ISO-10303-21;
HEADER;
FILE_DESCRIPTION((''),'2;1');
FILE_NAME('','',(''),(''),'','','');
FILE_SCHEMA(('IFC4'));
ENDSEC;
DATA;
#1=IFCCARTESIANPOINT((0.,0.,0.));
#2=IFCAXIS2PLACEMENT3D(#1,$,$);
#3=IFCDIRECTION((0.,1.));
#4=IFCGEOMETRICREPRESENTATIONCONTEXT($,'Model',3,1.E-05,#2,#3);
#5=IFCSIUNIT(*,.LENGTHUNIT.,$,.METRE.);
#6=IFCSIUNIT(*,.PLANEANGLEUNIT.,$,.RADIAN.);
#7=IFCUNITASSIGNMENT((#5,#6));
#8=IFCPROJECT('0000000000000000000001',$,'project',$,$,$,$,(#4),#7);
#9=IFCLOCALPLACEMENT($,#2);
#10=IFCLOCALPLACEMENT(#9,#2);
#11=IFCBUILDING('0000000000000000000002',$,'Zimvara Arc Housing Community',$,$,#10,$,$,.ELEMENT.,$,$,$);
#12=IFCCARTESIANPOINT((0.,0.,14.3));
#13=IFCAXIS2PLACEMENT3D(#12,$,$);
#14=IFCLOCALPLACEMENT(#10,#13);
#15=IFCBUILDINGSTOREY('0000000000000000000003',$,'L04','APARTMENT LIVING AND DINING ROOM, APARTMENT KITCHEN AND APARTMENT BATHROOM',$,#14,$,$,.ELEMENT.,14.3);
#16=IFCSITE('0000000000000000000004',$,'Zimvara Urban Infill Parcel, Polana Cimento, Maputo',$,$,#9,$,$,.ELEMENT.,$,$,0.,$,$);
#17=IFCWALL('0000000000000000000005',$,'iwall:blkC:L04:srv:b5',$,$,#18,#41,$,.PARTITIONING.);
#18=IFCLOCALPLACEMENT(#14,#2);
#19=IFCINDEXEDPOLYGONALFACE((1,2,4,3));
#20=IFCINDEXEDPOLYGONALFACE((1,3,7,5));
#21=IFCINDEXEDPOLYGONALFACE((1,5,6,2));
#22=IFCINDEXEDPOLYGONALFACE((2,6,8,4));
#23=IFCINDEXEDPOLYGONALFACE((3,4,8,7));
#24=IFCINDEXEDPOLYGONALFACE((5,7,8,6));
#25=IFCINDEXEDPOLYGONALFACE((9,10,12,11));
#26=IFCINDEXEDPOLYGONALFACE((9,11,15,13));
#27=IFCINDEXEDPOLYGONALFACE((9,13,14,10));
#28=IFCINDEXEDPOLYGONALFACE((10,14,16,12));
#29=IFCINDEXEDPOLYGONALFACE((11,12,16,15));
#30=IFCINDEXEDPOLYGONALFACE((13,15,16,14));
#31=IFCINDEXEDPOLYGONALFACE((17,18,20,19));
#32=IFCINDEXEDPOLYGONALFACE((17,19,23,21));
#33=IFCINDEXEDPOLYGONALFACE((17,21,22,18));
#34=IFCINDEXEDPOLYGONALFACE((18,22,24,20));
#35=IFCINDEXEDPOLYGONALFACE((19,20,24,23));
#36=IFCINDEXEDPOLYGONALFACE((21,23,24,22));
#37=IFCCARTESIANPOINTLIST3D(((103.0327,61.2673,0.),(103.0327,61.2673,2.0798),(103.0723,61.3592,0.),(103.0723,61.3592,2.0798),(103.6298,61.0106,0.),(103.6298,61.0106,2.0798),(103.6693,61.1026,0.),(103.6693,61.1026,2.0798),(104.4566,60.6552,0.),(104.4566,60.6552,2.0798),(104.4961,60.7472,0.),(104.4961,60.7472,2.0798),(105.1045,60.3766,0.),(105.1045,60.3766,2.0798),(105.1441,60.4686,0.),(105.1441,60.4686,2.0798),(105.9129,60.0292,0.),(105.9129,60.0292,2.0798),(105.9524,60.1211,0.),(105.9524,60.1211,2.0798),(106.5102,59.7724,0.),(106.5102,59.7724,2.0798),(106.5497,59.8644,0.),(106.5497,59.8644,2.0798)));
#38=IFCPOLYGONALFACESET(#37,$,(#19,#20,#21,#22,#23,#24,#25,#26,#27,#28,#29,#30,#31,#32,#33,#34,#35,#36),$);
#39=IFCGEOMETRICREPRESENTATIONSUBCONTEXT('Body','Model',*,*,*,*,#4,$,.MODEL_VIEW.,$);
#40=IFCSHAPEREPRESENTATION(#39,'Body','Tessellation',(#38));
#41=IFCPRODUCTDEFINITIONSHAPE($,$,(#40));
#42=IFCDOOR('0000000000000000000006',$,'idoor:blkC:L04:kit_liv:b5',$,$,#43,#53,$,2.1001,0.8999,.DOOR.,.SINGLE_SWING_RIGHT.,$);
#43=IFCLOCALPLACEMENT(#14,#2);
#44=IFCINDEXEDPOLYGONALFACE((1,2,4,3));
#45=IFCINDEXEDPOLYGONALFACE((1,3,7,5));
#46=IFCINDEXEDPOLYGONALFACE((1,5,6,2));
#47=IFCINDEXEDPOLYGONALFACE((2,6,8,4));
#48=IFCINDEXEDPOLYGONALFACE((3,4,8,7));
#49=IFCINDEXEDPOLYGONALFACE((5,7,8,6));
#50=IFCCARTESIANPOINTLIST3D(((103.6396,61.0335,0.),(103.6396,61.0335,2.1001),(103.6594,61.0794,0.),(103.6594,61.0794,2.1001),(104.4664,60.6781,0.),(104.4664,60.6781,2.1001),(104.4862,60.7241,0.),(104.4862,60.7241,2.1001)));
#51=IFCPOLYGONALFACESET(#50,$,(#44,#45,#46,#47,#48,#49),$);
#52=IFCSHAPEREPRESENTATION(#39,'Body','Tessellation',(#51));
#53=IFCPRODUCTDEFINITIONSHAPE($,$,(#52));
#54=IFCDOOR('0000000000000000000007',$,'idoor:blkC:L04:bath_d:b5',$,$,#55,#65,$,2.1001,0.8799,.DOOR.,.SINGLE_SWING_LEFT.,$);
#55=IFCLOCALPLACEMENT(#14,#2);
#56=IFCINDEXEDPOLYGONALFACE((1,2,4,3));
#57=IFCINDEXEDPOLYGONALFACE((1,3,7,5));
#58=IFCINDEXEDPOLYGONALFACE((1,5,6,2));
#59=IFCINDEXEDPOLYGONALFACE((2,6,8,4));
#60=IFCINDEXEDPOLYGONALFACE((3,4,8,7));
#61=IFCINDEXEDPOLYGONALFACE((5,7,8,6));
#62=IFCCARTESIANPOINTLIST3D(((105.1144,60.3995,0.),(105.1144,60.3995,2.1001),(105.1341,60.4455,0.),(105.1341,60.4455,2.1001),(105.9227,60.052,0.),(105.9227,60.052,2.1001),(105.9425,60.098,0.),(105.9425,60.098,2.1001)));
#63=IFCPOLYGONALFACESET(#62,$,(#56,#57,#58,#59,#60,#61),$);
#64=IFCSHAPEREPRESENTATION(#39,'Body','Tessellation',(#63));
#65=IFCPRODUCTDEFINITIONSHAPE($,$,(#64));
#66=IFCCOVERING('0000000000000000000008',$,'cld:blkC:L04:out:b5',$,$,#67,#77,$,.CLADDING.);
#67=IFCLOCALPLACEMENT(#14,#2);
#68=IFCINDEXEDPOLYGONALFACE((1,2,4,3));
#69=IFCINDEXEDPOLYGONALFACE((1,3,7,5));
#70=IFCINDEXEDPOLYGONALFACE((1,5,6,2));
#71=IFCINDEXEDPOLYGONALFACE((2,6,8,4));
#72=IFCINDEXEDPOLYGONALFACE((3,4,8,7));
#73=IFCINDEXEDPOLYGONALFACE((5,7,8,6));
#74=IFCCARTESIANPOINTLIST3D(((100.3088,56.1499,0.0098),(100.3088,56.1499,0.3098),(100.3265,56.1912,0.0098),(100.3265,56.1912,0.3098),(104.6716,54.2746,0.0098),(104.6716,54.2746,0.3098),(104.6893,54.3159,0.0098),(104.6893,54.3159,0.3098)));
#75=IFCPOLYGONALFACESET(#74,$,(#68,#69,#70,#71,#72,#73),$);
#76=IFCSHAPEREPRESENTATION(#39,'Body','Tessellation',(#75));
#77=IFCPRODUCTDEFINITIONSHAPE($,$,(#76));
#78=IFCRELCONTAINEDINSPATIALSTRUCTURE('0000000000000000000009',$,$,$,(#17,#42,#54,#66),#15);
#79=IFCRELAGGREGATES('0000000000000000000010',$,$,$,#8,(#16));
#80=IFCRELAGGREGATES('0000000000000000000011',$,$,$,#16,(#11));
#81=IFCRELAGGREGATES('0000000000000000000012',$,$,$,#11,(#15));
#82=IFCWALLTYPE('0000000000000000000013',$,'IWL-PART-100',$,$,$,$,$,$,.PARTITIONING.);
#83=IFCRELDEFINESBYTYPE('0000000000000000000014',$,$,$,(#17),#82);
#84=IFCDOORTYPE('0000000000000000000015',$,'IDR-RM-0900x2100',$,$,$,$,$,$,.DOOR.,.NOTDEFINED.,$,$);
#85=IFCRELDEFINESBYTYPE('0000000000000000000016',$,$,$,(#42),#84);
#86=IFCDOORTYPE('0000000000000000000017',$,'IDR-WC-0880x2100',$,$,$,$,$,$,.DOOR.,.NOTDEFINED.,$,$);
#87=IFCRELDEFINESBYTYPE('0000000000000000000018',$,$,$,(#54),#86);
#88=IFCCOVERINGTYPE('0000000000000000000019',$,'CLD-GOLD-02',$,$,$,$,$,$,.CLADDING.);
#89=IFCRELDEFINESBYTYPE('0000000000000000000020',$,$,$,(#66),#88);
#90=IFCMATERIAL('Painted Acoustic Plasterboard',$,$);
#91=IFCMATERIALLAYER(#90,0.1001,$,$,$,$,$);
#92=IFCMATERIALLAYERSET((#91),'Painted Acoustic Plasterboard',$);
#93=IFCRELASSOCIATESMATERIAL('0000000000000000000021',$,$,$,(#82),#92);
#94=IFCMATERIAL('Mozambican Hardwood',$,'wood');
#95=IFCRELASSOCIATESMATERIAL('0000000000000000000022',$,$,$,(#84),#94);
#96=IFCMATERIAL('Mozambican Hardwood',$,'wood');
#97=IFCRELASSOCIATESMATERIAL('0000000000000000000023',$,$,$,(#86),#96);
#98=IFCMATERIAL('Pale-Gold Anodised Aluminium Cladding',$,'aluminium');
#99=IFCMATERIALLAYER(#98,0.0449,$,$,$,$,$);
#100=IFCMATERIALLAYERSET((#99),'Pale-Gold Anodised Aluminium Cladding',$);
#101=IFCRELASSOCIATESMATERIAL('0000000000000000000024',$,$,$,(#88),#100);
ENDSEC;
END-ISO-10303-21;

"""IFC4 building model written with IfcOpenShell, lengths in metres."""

from ifc_helpers import new_model, si_unit, direction, frame, frame_2d, origin, origin_2d, place, context, subcontext, project, spatial, rectangle, extrude, material, layer, layer_set, type_object, element, fill, save


model = new_model("IFC4")

# Units and contexts
model_context = context("Model", 3, precision=1e-05, world=origin(), true_north=direction((0.0, 1.0)))
body_context = subcontext(model_context, "Body", "Model", "MODEL_VIEW")
ifc_project = project(units=[si_unit("LENGTHUNIT", "METRE"), si_unit("PLANEANGLEUNIT", "RADIAN")], contexts=[model_context])

# Site, building, storey
site_placement = place(None, origin())
site = spatial("IfcSite", under=ifc_project, at=site_placement, Name="Zimvara Urban Infill Parcel, Polana Cimento, Maputo", CompositionType="ELEMENT", RefElevation=0.0)
building_placement = place(site_placement, origin())
building = spatial("IfcBuilding", under=site, at=building_placement, Name="Zimvara Arc Housing Community", CompositionType="ELEMENT")
storey_placement = place(building_placement, frame((0.0, 0.0, 14.3)))
storey = spatial("IfcBuildingStorey", under=building, at=storey_placement, Name="L04", Description="APARTMENT LIVING AND DINING ROOM, APARTMENT KITCHEN AND APARTMENT BATHROOM", CompositionType="ELEMENT", Elevation=14.3)

# Wall, openings, doors
ifc_material_1 = material(Name="Painted Acoustic Plasterboard")
ifc_layer_1 = layer(ifc_material_1, 0.1001)
ifc_layer_set_1 = layer_set([ifc_layer_1], Name="Painted Acoustic Plasterboard")
wall_type_1 = type_object("IfcWallType", Name="IWL-PART-100", PredefinedType="PARTITIONING", material=ifc_layer_set_1)
wall_1_placement = place(storey_placement, frame((103.0525, 61.3132, 0.0), z_axis=(0.0, 0.0, 1.0), x_axis=(0.918714, -0.394923, 0.0)))
wall_1 = element("IfcWall", 1, at=wall_1_placement, inside=storey, type_object=wall_type_1, Name="iwall:blkC:L04:srv:b5", PredefinedType="PARTITIONING", context=body_context, shape_type="SweptSolid", body=[
    extrude(rectangle(XDim=3.7852, YDim=0.1001, at=frame_2d((1.8926, 0.0))), origin(), (0.0, 0.0, 1.0), 2.0798),
])
opening_1_placement = place(wall_1_placement, frame((0.6499, 0.0, 0.0)))
opening_1 = element("IfcOpeningElement", 2, at=opening_1_placement, cuts=wall_1, PredefinedType="OPENING", context=body_context, shape_type="SweptSolid", body=[
    extrude(rectangle(XDim=0.8999, YDim=2.1001, at=frame_2d((0.45, 1.05))), frame((0.0, 0.0601, 0.0), z_axis=(0.0, -1.0, 0.0), x_axis=(1.0, 0.0, 0.0)), (0.0, 0.0, 1.0), 0.1201),
])
opening_2_placement = place(wall_1_placement, frame((2.2551, 0.0, 0.0)))
opening_2 = element("IfcOpeningElement", 3, at=opening_2_placement, cuts=wall_1, PredefinedType="OPENING", context=body_context, shape_type="SweptSolid", body=[
    extrude(rectangle(XDim=0.8799, YDim=2.1001, at=frame_2d((0.4399, 1.05))), frame((0.0, 0.0601, 0.0), z_axis=(0.0, -1.0, 0.0), x_axis=(1.0, 0.0, 0.0)), (0.0, 0.0, 1.0), 0.1201),
])
ifc_material_2 = material(Name="Mozambican Hardwood", Category="wood")
door_type_1 = type_object("IfcDoorType", Name="IDR-RM-0900x2100", OperationType="NOTDEFINED", PredefinedType="DOOR", material=ifc_material_2)
door_1_placement = place(opening_1_placement, origin())
door_1 = element("IfcDoor", 4, at=door_1_placement, inside=storey, type_object=door_type_1, Name="idoor:blkC:L04:kit_liv:b5", OperationType="SINGLE_SWING_RIGHT", OverallHeight=2.1001, OverallWidth=0.8999, PredefinedType="DOOR", context=body_context, shape_type="SweptSolid", body=[
    extrude(rectangle(XDim=0.8999, YDim=2.1001, at=frame_2d((0.45, 1.05))), frame((0.0, 0.0249, 0.0), z_axis=(0.0, -1.0, 0.0), x_axis=(1.0, 0.0, 0.0)), (0.0, 0.0, 1.0), 0.05),
])
fill(opening_1, door_1)
ifc_material_3 = material(Name="Mozambican Hardwood", Category="wood")
door_type_2 = type_object("IfcDoorType", Name="IDR-WC-0880x2100", OperationType="NOTDEFINED", PredefinedType="DOOR", material=ifc_material_3)
door_2_placement = place(opening_2_placement, origin())
door_2 = element("IfcDoor", 5, at=door_2_placement, inside=storey, type_object=door_type_2, Name="idoor:blkC:L04:bath_d:b5", OperationType="SINGLE_SWING_LEFT", OverallHeight=2.1001, OverallWidth=0.8799, PredefinedType="DOOR", context=body_context, shape_type="SweptSolid", body=[
    extrude(rectangle(XDim=0.8799, YDim=2.1001, at=frame_2d((0.4399, 1.05))), frame((0.0, 0.0249, 0.0), z_axis=(0.0, -1.0, 0.0), x_axis=(1.0, 0.0, 0.0)), (0.0, 0.0, 1.0), 0.05),
])
fill(opening_2, door_2)

# Covering
ifc_material_4 = material(Name="Pale-Gold Anodised Aluminium Cladding", Category="aluminium")
ifc_layer_2 = layer(ifc_material_4, 0.0449)
ifc_layer_set_2 = layer_set([ifc_layer_2], Name="Pale-Gold Anodised Aluminium Cladding")
covering_type = type_object("IfcCoveringType", Name="CLD-GOLD-02", PredefinedType="CLADDING", material=ifc_layer_set_2)
covering_placement = place(storey_placement, frame((102.499, 55.2329, 0.0098), z_axis=(0.0, 0.0, 1.0), x_axis=(0.918722, -0.394906, 0.0)))
element("IfcCovering", 6, at=covering_placement, inside=storey, type_object=covering_type, Name="cld:blkC:L04:out:b5", PredefinedType="CLADDING", context=body_context, shape_type="SweptSolid", body=[
    extrude(rectangle(XDim=4.7488, YDim=0.0449, at=origin_2d()), origin(), (0.0, 0.0, 1.0), 0.3),
])

save(model, "model.ifc")
